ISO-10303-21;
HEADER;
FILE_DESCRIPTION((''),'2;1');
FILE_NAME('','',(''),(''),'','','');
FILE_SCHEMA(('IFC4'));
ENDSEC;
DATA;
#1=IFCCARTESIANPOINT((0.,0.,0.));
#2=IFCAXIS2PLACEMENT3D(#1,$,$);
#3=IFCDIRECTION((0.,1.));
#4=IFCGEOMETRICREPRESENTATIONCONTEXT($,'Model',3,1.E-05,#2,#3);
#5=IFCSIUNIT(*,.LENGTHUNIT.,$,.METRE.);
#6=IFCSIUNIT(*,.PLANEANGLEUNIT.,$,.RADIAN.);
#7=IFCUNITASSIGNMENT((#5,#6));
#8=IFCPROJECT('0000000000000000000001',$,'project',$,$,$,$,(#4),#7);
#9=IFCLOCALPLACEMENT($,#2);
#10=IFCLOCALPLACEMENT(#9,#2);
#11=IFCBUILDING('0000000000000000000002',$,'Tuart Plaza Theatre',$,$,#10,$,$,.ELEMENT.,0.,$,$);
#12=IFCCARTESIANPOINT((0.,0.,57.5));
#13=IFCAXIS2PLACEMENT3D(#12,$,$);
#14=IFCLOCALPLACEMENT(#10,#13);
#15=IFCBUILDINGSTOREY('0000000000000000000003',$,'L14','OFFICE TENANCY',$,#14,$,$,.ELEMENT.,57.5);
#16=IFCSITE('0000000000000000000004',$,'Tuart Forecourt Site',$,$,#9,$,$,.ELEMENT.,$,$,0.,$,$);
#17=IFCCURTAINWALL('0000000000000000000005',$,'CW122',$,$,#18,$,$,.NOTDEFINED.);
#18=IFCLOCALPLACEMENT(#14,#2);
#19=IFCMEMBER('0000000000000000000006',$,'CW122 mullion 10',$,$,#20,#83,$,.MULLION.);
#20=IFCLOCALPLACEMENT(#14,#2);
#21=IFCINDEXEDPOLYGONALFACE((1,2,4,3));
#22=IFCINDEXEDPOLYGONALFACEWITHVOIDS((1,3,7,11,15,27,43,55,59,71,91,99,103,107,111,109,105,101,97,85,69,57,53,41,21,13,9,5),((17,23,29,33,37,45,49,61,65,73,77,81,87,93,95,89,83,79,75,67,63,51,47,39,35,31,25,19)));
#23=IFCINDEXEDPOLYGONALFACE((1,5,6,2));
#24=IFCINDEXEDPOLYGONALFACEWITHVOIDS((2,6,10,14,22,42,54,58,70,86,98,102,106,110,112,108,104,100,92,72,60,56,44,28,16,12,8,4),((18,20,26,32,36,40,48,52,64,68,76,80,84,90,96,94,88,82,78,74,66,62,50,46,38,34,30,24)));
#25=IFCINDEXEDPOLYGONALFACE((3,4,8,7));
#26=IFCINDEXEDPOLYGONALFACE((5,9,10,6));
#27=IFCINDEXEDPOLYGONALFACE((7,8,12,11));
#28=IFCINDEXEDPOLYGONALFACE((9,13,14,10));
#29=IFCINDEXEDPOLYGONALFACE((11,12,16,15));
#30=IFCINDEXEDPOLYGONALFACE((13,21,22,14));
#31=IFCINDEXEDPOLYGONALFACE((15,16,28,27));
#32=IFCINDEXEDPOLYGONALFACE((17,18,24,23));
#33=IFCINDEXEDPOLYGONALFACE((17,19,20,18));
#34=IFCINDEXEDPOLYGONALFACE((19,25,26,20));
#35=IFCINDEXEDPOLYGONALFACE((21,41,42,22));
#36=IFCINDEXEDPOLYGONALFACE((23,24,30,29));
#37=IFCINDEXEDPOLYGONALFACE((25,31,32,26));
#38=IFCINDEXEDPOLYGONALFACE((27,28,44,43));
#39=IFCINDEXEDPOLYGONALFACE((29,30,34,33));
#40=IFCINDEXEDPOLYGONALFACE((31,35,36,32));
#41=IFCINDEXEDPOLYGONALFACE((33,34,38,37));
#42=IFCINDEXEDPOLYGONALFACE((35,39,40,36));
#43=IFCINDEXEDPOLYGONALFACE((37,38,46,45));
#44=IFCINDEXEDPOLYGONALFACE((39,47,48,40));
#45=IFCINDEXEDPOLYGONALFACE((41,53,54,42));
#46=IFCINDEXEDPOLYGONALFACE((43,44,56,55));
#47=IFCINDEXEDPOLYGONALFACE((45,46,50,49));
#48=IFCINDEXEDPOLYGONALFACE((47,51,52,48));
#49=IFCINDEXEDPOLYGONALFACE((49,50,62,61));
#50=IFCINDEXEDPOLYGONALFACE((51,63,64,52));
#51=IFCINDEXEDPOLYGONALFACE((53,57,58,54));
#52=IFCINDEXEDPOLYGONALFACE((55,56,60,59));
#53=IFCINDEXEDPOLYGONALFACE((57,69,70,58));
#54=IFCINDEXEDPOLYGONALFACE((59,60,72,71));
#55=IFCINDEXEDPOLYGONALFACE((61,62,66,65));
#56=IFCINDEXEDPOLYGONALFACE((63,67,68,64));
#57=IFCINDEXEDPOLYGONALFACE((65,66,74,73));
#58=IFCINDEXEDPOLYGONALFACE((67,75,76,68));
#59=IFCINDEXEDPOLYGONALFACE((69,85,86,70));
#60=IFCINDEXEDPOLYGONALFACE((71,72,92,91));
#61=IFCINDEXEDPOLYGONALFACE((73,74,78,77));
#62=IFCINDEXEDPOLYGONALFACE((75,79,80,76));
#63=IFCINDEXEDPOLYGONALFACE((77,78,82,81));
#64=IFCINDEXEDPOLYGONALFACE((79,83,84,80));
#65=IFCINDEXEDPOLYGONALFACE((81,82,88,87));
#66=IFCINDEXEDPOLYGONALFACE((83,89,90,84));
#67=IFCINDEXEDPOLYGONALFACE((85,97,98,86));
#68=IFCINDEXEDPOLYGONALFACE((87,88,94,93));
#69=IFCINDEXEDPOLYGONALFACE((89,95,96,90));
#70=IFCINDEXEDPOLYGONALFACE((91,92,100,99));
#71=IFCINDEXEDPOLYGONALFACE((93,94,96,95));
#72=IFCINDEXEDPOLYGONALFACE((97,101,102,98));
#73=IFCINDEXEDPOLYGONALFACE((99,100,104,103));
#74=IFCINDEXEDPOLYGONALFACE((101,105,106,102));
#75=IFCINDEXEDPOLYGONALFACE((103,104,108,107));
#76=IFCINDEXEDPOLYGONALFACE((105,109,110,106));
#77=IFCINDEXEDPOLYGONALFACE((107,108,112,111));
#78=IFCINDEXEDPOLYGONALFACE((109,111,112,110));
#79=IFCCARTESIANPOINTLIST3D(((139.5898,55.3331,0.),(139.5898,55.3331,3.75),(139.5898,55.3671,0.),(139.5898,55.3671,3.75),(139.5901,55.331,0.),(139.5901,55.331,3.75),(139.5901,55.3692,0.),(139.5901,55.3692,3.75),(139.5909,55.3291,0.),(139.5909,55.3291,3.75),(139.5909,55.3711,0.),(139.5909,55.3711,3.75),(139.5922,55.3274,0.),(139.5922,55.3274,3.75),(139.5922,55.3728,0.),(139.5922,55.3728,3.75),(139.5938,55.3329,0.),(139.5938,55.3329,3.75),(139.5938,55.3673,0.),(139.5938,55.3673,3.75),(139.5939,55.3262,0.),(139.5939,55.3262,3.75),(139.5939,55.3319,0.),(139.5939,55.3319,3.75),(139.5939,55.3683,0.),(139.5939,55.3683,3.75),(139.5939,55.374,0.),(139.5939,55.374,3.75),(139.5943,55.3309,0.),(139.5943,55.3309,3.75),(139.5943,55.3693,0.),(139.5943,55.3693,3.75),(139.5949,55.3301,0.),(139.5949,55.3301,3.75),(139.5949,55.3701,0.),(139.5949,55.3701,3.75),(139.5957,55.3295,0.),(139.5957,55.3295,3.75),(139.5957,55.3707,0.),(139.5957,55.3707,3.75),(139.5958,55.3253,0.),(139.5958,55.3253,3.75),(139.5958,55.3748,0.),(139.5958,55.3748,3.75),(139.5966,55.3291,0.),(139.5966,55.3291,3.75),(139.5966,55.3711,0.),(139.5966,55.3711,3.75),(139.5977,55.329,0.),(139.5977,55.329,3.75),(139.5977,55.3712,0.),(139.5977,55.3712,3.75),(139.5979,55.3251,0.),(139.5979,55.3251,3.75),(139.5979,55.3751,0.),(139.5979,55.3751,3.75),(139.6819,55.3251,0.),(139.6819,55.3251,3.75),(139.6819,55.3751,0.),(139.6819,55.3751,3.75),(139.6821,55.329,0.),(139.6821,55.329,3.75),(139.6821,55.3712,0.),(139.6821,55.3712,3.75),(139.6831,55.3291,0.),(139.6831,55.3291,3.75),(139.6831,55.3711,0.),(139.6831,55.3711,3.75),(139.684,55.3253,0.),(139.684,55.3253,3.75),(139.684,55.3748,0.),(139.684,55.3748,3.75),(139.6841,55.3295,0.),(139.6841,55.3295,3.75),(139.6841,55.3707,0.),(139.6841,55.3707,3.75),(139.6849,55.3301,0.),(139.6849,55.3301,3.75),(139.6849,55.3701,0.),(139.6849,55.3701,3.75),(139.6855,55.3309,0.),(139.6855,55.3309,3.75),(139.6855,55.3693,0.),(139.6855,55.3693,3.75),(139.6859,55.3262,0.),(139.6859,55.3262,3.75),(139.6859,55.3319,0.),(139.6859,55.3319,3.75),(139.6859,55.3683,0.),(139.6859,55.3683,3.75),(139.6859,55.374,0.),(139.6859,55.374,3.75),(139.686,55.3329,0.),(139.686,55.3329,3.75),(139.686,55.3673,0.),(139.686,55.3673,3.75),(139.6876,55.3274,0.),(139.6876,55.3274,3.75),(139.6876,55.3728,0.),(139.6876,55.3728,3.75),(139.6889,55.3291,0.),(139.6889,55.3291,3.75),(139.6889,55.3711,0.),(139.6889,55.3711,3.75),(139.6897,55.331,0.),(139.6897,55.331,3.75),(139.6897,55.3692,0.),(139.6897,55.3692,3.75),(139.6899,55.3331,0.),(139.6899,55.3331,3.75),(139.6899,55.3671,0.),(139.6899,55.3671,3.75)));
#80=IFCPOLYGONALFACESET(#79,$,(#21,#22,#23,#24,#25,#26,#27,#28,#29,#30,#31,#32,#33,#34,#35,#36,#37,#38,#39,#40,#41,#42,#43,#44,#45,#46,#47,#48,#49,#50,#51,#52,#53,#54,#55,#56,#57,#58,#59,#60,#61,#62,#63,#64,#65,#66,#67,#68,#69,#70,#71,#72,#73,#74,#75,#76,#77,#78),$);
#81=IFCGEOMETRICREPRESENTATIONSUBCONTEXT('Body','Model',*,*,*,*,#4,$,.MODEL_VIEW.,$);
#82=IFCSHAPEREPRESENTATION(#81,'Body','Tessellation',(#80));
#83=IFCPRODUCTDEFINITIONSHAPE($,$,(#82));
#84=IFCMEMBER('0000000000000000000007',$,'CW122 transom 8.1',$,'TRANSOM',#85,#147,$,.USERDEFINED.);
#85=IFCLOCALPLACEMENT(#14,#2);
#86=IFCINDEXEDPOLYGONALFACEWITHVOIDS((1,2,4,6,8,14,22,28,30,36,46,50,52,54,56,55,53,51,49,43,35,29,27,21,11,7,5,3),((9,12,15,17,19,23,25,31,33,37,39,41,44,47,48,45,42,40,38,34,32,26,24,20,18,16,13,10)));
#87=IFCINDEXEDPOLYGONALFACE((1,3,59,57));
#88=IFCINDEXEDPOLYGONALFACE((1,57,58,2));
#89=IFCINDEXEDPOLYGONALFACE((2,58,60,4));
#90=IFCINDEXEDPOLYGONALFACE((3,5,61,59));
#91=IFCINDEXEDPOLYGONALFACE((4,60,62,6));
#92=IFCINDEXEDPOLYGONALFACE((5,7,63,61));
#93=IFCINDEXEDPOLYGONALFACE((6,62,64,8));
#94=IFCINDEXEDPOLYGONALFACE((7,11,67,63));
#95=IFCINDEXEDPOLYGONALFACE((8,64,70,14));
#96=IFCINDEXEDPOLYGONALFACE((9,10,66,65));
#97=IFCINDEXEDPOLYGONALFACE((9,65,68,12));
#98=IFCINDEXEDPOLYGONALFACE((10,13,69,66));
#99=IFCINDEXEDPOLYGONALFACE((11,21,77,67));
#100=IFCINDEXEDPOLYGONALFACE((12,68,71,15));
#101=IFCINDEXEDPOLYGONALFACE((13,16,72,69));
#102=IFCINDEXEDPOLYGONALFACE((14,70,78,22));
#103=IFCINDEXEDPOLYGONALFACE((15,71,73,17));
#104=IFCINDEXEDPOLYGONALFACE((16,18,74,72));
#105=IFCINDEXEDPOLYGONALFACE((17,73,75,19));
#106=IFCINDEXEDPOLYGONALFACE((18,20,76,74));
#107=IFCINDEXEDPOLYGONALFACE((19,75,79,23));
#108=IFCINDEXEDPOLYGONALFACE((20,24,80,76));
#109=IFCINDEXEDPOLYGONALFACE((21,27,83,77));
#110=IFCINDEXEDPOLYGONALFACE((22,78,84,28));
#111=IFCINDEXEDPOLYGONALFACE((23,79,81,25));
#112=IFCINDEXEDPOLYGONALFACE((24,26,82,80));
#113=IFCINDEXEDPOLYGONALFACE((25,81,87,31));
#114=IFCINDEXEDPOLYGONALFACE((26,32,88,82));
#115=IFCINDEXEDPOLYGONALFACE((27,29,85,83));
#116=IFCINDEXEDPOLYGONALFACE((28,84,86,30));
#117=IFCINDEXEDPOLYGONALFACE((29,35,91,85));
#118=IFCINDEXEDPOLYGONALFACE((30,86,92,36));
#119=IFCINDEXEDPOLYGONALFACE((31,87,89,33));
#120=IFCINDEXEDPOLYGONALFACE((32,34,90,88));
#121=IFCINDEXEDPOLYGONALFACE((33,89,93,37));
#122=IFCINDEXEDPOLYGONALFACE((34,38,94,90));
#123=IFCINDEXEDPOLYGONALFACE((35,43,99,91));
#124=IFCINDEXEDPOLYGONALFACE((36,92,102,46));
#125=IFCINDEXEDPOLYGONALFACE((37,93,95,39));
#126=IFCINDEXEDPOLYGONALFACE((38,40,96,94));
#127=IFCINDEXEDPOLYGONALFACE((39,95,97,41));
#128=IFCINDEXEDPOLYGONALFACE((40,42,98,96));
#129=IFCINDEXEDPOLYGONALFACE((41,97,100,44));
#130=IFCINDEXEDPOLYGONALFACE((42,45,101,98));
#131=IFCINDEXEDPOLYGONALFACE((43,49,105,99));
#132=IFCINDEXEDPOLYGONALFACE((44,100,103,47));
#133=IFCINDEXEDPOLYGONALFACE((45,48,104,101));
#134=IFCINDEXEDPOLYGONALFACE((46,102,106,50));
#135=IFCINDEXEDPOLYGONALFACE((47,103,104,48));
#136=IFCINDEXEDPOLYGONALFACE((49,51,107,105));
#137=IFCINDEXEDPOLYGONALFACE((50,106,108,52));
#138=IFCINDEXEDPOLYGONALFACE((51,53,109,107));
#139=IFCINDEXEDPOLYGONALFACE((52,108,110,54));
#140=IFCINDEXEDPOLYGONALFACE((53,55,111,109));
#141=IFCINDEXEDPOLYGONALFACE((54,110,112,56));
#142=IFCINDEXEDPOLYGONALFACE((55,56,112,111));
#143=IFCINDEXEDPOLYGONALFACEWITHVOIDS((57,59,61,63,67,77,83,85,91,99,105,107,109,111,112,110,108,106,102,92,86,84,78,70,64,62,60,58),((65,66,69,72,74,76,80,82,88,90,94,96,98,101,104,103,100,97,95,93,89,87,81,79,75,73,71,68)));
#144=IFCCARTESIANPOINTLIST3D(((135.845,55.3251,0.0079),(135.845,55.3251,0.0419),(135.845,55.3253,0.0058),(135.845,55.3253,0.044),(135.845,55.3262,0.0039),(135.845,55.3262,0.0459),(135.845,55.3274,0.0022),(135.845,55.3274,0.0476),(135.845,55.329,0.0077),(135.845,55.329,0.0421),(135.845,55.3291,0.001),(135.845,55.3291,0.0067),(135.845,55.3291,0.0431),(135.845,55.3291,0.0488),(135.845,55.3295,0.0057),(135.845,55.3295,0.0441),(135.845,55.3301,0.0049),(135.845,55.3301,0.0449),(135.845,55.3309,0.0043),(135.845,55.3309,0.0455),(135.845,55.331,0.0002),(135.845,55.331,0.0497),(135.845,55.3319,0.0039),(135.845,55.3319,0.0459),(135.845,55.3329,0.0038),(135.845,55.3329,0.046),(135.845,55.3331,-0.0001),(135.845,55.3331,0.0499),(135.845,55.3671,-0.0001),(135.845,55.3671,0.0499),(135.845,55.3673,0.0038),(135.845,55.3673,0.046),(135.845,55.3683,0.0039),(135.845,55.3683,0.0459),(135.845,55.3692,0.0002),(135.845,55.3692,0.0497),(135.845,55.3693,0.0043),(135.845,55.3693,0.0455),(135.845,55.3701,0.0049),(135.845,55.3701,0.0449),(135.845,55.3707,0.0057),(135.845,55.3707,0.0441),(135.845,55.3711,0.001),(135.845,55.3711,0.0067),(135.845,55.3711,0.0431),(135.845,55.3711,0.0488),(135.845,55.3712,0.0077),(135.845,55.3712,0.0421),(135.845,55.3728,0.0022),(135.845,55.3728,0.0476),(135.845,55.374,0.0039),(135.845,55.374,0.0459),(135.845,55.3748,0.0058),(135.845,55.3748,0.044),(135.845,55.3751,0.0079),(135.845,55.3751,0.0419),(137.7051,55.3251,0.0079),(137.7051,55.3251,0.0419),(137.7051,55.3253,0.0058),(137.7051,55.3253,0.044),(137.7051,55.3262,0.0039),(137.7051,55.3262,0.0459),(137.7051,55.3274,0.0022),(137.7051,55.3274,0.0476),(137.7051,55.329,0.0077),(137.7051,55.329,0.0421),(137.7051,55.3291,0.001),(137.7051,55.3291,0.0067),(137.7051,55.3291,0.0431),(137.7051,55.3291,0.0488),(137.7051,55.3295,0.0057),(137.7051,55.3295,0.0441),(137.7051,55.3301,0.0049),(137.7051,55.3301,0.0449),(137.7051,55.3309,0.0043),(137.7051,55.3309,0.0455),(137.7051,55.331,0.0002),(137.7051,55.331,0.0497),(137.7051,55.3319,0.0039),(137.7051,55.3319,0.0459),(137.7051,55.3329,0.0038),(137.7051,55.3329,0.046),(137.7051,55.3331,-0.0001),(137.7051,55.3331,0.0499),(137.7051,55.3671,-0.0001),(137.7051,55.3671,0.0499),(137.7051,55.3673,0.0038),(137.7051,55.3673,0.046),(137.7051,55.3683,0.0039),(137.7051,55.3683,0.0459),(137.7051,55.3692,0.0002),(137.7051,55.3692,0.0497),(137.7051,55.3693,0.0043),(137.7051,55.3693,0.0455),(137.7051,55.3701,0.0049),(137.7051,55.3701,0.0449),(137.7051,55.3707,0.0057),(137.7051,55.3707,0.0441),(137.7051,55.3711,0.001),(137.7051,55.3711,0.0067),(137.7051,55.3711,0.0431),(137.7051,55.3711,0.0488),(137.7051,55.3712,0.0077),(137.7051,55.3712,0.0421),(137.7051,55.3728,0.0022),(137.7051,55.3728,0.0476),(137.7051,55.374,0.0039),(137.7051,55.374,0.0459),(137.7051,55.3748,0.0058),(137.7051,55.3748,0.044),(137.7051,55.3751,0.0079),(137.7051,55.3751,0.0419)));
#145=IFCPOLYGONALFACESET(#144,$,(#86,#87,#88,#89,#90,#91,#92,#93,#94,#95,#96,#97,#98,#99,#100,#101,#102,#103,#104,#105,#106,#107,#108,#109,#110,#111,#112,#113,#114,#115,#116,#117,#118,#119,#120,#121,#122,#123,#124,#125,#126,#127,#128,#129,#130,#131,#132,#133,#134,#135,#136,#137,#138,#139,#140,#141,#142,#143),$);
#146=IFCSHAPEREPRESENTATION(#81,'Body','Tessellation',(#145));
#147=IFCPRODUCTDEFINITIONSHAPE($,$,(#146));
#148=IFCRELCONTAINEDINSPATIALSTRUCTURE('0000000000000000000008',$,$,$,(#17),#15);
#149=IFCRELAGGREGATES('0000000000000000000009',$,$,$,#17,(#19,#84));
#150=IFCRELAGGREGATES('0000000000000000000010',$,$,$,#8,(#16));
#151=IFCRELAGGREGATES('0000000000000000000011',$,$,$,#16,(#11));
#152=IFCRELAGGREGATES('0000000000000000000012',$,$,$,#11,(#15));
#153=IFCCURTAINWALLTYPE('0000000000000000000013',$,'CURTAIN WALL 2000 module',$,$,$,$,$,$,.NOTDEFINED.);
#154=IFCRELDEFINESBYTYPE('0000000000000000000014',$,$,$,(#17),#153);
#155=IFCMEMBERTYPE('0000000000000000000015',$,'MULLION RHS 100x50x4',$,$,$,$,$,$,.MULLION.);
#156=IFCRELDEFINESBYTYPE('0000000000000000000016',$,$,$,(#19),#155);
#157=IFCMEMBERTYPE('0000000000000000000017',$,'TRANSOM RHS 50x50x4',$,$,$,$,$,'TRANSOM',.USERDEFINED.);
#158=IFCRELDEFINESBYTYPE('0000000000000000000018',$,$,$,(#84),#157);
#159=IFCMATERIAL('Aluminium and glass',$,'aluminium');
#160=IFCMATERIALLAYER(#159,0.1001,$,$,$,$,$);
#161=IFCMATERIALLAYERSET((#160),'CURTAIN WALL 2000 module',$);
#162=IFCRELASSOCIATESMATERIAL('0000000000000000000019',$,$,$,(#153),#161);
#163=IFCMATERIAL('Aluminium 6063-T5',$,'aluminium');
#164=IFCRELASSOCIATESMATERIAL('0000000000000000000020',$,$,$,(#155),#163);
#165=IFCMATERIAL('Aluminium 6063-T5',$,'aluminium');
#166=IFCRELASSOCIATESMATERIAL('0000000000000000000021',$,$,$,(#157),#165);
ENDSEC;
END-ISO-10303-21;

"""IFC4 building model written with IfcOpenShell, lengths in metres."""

from ifc_helpers import new_model, si_unit, direction, frame, origin, origin_2d, place, context, subcontext, project, spatial, hollow_rectangle, extrude, material, layer, layer_set, material_profile, profile_set, type_object, element, aggregate, save


model = new_model("IFC4")

# Units and contexts
model_context = context("Model", 3, precision=1e-05, world=origin(), true_north=direction((0.0, 1.0)))
body_context = subcontext(model_context, "Body", "Model", "MODEL_VIEW")
ifc_project = project(units=[si_unit("LENGTHUNIT", "METRE"), si_unit("PLANEANGLEUNIT", "RADIAN")], contexts=[model_context])

# Site, building, storey
site_placement = place(None, origin())
site = spatial("IfcSite", under=ifc_project, at=site_placement, Name="Tuart Forecourt Site", CompositionType="ELEMENT", RefElevation=0.0)
building_placement = place(site_placement, origin())
building = spatial("IfcBuilding", under=site, at=building_placement, Name="Tuart Plaza Theatre", CompositionType="ELEMENT", ElevationOfRefHeight=0.0)
storey_placement = place(building_placement, frame((0.0, 0.0, 57.5)))
storey = spatial("IfcBuildingStorey", under=building, at=storey_placement, Name="L14", Description="OFFICE TENANCY", CompositionType="ELEMENT", Elevation=57.5)

# Curtain wall, members
ifc_material_1 = material(Name="Aluminium and glass", Category="aluminium")
ifc_layer_1 = layer(ifc_material_1, 0.1001)
ifc_layer_set_1 = layer_set([ifc_layer_1], Name="CURTAIN WALL 2000 module")
curtain_wall_type = type_object("IfcCurtainWallType", Name="CURTAIN WALL 2000 module", PredefinedType="NOTDEFINED", material=ifc_layer_set_1)
curtain_wall_placement = place(storey_placement, origin())
curtain_wall = element("IfcCurtainWall", 1, at=curtain_wall_placement, inside=storey, type_object=curtain_wall_type, Name="CW122", PredefinedType="NOTDEFINED")
ifc_material_2 = material(Name="Aluminium 6063-T5", Category="aluminium")
ifc_material_profile_1 = material_profile(ifc_material_2, hollow_rectangle(XDim=0.05, YDim=0.1001, WallThickness=0.0039, InnerFilletRadius=0.0039, OuterFilletRadius=0.0081, at=origin_2d()), Name="RHS 100x50x4")
ifc_profile_set_1 = profile_set([ifc_material_profile_1], Name="Aluminium 6063-T5")
member_type_1 = type_object("IfcMemberType", Name="MULLION RHS 100x50x4", PredefinedType="MULLION", material=ifc_profile_set_1)
member_1_placement = place(storey_placement, frame((139.6399, 55.3501, 0.0), z_axis=(0.0, 0.0, 1.0), x_axis=(0.0, 1.0, 0.0)))
member_1 = element("IfcMember", 2, at=member_1_placement, type_object=member_type_1, Name="CW122 mullion 10", PredefinedType="MULLION", context=body_context, shape_type="SweptSolid", body=[
    extrude(hollow_rectangle(XDim=0.05, YDim=0.1001, WallThickness=0.0039, InnerFilletRadius=0.0039, OuterFilletRadius=0.0081, at=origin_2d()), origin(), (0.0, 0.0, 1.0), 3.75),
])
ifc_material_3 = material(Name="Aluminium 6063-T5", Category="aluminium")
ifc_material_profile_2 = material_profile(ifc_material_3, hollow_rectangle(XDim=0.05, YDim=0.05, WallThickness=0.0039, InnerFilletRadius=0.0039, OuterFilletRadius=0.0081, at=origin_2d()), Name="RHS 50x50x4")
ifc_profile_set_2 = profile_set([ifc_material_profile_2], Name="Aluminium 6063-T5")
member_type_2 = type_object("IfcMemberType", Name="TRANSOM RHS 50x50x4", ElementType="TRANSOM", PredefinedType="USERDEFINED", material=ifc_profile_set_2)
member_2_placement = place(storey_placement, frame((135.845, 55.3501, 0.0249), z_axis=(1.0, 0.0, 0.0), x_axis=(0.0, 1.0, 0.0)))
member_2 = element("IfcMember", 3, at=member_2_placement, type_object=member_type_2, Name="CW122 transom 8.1", ObjectType="TRANSOM", PredefinedType="USERDEFINED", context=body_context, shape_type="SweptSolid", body=[
    extrude(hollow_rectangle(XDim=0.05, YDim=0.05, WallThickness=0.0039, InnerFilletRadius=0.0039, OuterFilletRadius=0.0081, at=origin_2d()), origin(), (0.0, 0.0, 1.0), 1.8601),
])
aggregate(curtain_wall, [member_1, member_2])

save(model, "model.ifc")
